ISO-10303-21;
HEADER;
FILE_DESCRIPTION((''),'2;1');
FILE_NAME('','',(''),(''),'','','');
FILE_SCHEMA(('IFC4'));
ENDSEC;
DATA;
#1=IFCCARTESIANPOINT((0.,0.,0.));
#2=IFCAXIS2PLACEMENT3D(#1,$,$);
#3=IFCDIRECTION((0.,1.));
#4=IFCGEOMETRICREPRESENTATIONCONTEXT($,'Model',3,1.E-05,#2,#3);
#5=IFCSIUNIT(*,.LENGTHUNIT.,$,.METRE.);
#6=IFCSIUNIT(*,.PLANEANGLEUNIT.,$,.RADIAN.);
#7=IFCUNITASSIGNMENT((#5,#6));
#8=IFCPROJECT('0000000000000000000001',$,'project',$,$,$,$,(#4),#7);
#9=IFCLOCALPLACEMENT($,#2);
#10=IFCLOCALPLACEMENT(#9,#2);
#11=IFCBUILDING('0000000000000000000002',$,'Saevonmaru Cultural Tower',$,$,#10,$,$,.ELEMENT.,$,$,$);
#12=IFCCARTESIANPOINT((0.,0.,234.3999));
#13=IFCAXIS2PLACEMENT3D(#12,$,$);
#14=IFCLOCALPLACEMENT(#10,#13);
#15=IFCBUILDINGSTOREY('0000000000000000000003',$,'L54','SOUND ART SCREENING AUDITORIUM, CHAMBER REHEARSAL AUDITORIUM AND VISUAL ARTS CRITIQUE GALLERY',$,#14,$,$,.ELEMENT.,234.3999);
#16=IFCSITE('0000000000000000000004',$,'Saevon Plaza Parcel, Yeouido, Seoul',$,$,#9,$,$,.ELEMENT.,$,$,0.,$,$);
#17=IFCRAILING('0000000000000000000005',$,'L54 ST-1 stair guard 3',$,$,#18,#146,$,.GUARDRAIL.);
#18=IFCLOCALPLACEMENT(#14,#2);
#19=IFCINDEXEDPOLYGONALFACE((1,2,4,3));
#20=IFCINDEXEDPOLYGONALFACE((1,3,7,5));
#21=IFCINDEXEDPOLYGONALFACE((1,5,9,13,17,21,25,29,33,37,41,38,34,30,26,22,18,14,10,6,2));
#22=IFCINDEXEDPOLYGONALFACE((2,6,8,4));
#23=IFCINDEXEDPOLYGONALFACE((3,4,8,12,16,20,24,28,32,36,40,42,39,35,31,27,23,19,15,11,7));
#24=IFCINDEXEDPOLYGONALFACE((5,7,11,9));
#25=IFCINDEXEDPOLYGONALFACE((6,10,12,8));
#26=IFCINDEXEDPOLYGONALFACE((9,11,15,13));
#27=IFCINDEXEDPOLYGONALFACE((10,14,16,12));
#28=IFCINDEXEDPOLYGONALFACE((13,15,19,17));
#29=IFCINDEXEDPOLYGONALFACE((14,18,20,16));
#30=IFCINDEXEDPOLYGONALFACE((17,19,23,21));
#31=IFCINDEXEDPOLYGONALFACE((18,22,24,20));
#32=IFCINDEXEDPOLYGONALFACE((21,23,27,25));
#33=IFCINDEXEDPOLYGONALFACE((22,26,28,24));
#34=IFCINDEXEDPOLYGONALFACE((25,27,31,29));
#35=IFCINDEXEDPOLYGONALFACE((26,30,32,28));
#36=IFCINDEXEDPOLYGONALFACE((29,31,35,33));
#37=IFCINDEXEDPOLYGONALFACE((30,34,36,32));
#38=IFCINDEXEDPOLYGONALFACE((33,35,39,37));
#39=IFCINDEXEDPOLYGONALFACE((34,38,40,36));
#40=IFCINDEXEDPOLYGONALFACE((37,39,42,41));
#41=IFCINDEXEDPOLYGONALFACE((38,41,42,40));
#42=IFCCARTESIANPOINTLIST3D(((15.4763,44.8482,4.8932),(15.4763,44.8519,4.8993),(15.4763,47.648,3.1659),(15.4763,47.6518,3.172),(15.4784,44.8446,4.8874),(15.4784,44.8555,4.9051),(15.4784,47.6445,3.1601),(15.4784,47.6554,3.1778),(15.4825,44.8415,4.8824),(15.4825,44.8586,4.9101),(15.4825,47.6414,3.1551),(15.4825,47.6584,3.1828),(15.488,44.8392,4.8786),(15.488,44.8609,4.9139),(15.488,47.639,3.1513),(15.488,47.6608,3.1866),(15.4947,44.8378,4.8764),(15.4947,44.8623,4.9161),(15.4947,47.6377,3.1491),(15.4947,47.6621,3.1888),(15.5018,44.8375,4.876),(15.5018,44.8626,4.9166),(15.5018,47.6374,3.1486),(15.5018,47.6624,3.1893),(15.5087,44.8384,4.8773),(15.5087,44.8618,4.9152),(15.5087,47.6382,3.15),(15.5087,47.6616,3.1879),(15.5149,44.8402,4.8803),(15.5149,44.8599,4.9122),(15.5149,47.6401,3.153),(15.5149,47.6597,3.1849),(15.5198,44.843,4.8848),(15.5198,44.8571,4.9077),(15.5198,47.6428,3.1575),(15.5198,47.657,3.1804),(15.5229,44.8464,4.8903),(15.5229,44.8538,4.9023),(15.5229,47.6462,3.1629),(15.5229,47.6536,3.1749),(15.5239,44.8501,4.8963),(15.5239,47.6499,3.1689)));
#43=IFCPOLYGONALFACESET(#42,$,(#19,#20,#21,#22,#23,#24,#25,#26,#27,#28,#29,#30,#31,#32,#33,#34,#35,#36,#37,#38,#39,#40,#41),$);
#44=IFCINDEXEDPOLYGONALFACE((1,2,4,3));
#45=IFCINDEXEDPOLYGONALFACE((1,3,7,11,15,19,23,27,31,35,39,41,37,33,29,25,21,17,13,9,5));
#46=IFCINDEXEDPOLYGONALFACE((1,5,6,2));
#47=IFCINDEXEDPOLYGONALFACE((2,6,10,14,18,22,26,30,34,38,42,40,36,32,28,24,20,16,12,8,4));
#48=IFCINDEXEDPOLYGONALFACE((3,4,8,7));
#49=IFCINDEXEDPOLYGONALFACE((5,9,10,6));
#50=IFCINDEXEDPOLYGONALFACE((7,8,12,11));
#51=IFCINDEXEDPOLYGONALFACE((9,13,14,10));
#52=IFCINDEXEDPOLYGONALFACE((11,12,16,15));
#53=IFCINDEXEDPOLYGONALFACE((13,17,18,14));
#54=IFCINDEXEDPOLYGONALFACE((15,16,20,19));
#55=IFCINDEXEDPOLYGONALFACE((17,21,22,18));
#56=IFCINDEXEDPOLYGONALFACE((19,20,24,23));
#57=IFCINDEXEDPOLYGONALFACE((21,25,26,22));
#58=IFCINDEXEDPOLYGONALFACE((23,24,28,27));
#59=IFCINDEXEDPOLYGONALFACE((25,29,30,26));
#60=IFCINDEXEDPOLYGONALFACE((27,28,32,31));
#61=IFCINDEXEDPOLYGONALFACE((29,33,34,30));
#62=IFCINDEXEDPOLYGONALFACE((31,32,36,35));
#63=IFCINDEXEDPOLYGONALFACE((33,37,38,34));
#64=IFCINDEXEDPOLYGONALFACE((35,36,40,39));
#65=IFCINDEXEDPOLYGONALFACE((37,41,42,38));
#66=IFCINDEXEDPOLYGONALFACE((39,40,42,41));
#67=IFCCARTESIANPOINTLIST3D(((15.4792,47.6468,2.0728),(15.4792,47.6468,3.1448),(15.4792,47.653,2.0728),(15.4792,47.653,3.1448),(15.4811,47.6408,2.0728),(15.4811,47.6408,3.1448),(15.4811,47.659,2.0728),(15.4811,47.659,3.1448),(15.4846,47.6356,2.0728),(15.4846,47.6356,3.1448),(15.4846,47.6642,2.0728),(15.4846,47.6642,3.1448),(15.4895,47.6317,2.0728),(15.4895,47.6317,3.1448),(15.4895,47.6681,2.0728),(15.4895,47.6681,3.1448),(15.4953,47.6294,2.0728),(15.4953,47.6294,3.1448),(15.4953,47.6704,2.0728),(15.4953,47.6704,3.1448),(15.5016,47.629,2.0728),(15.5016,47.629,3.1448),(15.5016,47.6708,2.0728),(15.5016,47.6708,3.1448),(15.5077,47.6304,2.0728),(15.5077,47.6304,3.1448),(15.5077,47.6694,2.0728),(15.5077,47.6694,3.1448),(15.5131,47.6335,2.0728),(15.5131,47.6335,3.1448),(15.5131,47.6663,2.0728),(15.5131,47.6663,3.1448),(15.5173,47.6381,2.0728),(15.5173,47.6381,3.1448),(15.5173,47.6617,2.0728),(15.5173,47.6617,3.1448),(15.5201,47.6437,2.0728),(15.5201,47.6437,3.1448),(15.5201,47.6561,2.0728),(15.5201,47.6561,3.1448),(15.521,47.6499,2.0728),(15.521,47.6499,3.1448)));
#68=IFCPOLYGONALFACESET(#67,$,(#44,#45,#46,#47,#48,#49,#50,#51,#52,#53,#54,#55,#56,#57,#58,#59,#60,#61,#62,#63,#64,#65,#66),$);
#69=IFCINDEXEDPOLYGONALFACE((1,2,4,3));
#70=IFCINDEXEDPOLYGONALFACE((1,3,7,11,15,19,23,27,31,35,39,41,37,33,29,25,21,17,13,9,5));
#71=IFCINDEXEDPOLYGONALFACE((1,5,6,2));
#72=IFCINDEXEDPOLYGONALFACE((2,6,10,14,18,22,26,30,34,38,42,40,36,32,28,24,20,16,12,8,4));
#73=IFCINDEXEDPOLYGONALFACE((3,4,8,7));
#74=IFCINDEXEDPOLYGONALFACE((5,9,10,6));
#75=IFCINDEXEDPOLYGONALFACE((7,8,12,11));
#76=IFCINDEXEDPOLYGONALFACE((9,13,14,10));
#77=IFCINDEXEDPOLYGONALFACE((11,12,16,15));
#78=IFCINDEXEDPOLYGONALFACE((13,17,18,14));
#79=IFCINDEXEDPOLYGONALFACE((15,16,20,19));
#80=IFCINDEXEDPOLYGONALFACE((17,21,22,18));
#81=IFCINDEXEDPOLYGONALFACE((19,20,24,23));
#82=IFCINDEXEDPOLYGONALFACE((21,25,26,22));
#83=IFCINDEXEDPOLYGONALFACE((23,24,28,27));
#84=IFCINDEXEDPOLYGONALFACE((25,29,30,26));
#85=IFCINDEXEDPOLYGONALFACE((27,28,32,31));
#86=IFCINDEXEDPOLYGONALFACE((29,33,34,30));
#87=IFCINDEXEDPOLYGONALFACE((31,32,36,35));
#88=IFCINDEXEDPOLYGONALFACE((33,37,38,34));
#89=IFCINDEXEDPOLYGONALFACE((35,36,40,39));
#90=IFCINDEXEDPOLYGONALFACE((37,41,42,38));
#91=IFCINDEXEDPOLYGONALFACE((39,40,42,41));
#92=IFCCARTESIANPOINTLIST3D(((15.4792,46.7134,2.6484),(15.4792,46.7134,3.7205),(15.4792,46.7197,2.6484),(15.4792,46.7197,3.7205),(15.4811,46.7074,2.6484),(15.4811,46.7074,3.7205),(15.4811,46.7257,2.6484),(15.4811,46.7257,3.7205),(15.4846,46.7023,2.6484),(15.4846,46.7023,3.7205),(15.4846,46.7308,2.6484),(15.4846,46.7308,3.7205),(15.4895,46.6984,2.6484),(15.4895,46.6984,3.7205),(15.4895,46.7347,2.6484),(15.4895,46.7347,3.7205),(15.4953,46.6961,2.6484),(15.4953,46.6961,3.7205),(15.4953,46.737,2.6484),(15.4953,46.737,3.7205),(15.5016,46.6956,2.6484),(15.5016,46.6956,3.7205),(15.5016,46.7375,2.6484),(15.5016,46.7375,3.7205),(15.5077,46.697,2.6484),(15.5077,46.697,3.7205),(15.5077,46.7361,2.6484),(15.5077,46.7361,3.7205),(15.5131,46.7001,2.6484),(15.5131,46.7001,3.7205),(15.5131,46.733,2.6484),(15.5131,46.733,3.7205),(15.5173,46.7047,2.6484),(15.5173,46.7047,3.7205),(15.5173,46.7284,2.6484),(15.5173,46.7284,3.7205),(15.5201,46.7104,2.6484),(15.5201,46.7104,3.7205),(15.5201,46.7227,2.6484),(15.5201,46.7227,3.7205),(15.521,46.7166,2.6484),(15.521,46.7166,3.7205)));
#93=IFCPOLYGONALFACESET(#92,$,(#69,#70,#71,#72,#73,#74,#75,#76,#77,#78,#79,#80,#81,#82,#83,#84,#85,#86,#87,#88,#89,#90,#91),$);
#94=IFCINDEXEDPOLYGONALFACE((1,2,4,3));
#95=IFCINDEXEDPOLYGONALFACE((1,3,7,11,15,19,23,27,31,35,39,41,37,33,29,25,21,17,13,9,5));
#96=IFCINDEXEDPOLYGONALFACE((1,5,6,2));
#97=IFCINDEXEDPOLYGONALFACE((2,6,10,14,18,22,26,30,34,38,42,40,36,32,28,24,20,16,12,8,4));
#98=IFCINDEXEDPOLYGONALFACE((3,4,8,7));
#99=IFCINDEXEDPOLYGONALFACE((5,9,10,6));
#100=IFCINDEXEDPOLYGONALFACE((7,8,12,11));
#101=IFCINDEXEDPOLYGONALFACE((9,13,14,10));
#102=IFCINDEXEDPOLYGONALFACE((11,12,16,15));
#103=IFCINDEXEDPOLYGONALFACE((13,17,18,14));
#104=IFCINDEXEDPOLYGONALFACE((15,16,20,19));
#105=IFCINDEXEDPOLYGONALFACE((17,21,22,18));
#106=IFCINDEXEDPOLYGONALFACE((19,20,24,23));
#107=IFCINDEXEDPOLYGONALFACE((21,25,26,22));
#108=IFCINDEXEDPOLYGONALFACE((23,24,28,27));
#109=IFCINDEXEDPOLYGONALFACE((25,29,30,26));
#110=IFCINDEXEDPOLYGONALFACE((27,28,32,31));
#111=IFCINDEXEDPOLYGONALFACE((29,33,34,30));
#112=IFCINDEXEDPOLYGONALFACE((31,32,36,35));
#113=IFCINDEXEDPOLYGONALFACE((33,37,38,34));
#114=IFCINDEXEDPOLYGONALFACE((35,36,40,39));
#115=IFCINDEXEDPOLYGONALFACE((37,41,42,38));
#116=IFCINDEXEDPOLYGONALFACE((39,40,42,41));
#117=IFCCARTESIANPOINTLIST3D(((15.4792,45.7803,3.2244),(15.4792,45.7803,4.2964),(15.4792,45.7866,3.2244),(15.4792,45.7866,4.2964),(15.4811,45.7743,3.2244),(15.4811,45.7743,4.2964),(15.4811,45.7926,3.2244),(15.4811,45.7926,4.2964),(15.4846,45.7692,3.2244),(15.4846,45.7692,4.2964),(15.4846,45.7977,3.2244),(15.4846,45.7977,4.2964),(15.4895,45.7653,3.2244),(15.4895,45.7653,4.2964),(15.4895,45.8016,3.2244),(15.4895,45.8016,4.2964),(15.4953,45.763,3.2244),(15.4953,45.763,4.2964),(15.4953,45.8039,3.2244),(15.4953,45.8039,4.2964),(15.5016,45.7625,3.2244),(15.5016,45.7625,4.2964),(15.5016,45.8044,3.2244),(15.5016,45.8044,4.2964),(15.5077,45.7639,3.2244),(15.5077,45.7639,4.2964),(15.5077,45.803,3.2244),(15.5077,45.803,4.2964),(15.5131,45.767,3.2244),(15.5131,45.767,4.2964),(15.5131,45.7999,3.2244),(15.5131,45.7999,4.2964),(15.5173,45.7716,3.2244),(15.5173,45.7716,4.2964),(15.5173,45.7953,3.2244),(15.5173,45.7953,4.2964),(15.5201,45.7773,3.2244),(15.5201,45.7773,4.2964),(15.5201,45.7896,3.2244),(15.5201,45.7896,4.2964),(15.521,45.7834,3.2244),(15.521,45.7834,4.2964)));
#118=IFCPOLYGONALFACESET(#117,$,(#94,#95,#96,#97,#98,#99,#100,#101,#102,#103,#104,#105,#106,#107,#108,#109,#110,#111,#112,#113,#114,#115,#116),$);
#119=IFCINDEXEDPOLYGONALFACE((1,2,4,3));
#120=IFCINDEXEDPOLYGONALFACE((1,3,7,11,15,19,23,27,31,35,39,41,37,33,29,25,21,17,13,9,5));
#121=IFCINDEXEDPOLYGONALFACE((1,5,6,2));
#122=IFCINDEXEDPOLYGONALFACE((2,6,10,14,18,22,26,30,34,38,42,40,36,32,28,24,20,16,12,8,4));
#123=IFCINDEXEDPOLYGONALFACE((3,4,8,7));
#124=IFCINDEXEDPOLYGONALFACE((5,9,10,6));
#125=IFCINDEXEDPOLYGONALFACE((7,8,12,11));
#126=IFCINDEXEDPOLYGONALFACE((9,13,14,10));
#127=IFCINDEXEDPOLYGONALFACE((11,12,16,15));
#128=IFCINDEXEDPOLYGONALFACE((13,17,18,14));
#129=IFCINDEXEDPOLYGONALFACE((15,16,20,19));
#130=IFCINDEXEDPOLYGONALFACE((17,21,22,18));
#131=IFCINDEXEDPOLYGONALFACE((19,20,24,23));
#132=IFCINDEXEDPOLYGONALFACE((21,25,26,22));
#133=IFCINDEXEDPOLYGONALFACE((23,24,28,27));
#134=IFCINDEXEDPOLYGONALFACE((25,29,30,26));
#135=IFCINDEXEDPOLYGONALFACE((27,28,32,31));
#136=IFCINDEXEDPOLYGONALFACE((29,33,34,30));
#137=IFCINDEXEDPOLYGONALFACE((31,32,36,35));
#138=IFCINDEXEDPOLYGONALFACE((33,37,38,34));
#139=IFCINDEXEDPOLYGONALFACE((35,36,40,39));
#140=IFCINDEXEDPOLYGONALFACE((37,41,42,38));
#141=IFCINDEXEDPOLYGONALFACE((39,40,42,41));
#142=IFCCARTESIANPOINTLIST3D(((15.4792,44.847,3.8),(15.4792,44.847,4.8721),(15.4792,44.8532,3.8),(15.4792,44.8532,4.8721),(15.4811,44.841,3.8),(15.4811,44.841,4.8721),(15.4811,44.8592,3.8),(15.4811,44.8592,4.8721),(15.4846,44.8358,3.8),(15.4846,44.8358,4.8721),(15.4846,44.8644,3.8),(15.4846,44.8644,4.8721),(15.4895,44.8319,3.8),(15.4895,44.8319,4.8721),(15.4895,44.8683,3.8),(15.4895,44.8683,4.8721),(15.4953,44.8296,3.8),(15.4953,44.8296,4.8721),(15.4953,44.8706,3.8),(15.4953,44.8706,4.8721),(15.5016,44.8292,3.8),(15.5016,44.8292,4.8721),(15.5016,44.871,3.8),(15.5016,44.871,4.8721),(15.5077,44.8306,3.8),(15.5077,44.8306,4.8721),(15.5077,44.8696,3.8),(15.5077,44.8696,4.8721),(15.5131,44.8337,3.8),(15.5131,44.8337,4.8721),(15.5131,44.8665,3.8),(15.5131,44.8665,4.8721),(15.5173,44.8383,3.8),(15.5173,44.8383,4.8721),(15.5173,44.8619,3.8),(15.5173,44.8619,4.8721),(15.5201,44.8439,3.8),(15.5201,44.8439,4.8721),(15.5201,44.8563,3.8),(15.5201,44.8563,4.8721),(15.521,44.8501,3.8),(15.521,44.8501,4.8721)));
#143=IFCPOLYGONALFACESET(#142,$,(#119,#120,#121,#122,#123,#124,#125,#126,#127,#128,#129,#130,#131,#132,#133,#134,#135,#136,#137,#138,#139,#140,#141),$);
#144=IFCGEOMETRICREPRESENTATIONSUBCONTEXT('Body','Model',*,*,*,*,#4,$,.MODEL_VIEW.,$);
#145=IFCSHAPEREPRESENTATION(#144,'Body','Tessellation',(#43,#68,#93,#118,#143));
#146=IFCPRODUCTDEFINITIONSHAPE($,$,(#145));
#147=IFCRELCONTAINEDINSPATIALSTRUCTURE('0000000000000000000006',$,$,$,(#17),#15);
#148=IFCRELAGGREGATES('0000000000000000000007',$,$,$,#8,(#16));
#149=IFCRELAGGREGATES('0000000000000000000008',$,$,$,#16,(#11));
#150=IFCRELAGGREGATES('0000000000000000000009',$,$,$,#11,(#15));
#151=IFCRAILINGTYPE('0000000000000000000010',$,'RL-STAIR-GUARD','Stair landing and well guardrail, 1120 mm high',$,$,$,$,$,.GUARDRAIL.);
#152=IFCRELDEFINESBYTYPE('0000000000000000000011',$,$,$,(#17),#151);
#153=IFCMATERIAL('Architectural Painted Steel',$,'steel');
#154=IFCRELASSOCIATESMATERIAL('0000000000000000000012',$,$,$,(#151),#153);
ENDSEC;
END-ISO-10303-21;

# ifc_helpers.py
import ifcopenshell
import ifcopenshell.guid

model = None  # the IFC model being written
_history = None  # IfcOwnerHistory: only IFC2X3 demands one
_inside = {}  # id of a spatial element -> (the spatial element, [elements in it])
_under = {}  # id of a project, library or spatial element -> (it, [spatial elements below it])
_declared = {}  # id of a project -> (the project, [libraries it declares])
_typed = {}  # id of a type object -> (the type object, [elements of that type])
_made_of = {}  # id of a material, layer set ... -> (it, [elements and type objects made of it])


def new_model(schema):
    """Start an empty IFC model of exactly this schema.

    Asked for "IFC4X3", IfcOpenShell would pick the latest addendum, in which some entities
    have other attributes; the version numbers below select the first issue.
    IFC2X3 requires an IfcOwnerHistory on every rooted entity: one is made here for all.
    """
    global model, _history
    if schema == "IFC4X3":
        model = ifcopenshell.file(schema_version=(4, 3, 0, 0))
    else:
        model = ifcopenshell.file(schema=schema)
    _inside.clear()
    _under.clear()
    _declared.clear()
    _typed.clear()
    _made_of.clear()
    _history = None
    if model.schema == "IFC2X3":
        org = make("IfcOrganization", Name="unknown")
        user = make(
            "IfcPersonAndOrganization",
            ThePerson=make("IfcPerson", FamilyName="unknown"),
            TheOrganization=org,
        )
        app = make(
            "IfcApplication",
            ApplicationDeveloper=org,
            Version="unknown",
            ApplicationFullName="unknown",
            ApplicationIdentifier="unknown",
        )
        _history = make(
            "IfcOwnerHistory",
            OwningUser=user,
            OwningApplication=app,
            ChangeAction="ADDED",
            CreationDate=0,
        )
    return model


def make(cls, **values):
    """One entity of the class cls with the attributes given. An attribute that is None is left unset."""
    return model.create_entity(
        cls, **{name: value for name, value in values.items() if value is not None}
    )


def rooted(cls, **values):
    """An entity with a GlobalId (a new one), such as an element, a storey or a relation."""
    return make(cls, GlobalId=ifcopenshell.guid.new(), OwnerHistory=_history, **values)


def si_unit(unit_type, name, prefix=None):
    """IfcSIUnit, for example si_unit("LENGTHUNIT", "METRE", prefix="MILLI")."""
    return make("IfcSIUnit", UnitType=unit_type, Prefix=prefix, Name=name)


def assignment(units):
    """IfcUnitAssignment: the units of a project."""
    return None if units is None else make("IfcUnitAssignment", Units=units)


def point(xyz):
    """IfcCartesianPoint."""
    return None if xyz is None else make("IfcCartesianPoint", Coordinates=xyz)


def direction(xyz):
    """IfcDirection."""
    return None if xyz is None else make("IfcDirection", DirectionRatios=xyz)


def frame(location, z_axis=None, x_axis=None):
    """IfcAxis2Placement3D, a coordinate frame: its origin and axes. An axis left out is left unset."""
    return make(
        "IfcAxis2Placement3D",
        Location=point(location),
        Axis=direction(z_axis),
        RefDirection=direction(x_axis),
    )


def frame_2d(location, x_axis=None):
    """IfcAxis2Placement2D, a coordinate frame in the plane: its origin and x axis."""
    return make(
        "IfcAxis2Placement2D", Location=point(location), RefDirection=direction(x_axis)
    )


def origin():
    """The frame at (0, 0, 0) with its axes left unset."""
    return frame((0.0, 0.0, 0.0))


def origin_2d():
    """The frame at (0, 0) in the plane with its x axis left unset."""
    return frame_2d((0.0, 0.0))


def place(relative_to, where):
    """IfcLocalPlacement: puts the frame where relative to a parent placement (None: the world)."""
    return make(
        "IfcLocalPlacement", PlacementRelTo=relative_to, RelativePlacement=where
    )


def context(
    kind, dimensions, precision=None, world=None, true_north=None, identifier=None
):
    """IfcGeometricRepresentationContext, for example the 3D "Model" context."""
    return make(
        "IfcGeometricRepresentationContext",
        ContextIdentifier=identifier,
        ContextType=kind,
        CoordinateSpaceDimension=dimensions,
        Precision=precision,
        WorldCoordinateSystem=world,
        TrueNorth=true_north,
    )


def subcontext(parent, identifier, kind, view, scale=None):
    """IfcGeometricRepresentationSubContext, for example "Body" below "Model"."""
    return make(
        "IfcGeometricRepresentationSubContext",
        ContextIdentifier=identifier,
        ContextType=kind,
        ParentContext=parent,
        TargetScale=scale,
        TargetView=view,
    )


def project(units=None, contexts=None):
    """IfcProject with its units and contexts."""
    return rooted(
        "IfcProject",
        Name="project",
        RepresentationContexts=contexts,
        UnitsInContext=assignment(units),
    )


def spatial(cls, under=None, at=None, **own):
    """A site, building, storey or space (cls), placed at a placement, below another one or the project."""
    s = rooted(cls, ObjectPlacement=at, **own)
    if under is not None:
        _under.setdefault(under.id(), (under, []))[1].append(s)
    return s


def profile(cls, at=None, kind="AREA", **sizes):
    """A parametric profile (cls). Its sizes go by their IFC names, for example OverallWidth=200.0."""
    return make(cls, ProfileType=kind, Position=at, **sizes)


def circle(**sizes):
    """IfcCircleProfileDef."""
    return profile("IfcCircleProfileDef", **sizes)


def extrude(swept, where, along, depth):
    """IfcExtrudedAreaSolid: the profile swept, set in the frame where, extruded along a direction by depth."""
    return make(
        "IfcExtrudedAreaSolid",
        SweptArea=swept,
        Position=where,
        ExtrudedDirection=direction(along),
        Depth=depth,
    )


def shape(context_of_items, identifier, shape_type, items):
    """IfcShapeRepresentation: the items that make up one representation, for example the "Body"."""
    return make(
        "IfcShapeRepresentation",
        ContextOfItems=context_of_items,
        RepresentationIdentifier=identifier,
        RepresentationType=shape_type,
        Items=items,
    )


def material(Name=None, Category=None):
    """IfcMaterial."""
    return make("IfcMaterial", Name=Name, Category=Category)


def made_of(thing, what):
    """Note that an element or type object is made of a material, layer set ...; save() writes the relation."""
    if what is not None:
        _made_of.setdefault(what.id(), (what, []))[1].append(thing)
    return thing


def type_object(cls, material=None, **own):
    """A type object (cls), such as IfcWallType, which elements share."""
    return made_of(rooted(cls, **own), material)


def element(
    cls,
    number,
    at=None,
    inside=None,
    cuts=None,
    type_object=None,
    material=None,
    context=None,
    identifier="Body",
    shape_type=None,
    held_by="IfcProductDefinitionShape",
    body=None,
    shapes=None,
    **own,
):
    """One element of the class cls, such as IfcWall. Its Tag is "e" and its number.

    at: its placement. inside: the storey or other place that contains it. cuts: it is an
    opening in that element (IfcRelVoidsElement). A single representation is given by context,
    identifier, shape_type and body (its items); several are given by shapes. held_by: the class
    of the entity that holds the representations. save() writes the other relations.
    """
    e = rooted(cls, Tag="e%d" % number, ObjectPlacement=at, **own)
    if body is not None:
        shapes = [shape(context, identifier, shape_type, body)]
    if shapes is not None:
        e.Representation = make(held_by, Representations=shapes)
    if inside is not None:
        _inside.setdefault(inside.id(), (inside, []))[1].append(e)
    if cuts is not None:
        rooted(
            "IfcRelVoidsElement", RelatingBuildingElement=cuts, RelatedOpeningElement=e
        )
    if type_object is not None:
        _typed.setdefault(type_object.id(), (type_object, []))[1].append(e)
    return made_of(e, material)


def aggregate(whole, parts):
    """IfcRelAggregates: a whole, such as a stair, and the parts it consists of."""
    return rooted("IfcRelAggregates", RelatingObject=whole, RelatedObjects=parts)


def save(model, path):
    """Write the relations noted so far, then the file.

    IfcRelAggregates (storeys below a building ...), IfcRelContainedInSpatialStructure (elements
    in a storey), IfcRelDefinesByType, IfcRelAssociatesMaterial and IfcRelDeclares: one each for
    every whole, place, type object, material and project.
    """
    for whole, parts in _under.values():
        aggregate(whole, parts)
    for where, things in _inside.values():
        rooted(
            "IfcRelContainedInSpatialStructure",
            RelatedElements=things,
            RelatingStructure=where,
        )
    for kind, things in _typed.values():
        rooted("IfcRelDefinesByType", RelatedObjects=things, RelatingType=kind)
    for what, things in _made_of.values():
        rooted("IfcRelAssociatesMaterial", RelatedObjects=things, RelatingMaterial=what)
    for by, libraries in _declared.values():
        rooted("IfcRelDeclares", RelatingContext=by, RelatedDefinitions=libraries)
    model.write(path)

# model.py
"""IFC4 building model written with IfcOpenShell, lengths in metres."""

from ifc_helpers import new_model, si_unit, direction, frame, origin, origin_2d, place, context, subcontext, project, spatial, circle, extrude, material, type_object, element, save


model = new_model("IFC4")

# Units and contexts
model_context = context("Model", 3, precision=1e-05, world=origin(), true_north=direction((0.0, 1.0)))
body_context = subcontext(model_context, "Body", "Model", "MODEL_VIEW")
ifc_project = project(units=[si_unit("LENGTHUNIT", "METRE"), si_unit("PLANEANGLEUNIT", "RADIAN")], contexts=[model_context])

# Site, building, storey
site_placement = place(None, origin())
site = spatial("IfcSite", under=ifc_project, at=site_placement, Name="Saevon Plaza Parcel, Yeouido, Seoul", CompositionType="ELEMENT", RefElevation=0.0)
building_placement = place(site_placement, origin())
building = spatial("IfcBuilding", under=site, at=building_placement, Name="Saevonmaru Cultural Tower", CompositionType="ELEMENT")
storey_placement = place(building_placement, frame((0.0, 0.0, 234.3999)))
storey = spatial("IfcBuildingStorey", under=building, at=storey_placement, Name="L54", Description="SOUND ART SCREENING AUDITORIUM, CHAMBER REHEARSAL AUDITORIUM AND VISUAL ARTS CRITIQUE GALLERY", CompositionType="ELEMENT", Elevation=234.3999)

# Railing
ifc_material_1 = material(Name="Architectural Painted Steel", Category="steel")
railing_type_1 = type_object("IfcRailingType", Name="RL-STAIR-GUARD", Description="Stair landing and well guardrail, 1120 mm high", PredefinedType="GUARDRAIL", material=ifc_material_1)
railing_1_placement = place(storey_placement, frame((15.5, 47.6499, 2.0728)))
element("IfcRailing", 1, at=railing_1_placement, inside=storey, type_object=railing_type_1, Name="L54 ST-1 stair guard 3", PredefinedType="GUARDRAIL", context=body_context, shape_type="SweptSolid", body=[
    extrude(circle(Radius=0.0239, at=origin_2d()), frame((0.0, 0.0, 1.0962), z_axis=(0.0, -0.851069, 0.525054), x_axis=(1.0, 0.0, 0.0)), (0.0, 0.0, 1.0), 3.2898),
    extrude(circle(Radius=0.021, at=origin_2d()), origin(), (0.0, 0.0, 1.0), 1.072),
    extrude(circle(Radius=0.021, at=origin_2d()), frame((0.0, -0.9333, 0.5757)), (0.0, 0.0, 1.0), 1.072),
    extrude(circle(Radius=0.021, at=origin_2d()), frame((0.0, -1.8665, 1.1516)), (0.0, 0.0, 1.0), 1.072),
    extrude(circle(Radius=0.021, at=origin_2d()), frame((0.0, -2.7998, 1.7273)), (0.0, 0.0, 1.0), 1.072),
])

save(model, "model.ifc")
